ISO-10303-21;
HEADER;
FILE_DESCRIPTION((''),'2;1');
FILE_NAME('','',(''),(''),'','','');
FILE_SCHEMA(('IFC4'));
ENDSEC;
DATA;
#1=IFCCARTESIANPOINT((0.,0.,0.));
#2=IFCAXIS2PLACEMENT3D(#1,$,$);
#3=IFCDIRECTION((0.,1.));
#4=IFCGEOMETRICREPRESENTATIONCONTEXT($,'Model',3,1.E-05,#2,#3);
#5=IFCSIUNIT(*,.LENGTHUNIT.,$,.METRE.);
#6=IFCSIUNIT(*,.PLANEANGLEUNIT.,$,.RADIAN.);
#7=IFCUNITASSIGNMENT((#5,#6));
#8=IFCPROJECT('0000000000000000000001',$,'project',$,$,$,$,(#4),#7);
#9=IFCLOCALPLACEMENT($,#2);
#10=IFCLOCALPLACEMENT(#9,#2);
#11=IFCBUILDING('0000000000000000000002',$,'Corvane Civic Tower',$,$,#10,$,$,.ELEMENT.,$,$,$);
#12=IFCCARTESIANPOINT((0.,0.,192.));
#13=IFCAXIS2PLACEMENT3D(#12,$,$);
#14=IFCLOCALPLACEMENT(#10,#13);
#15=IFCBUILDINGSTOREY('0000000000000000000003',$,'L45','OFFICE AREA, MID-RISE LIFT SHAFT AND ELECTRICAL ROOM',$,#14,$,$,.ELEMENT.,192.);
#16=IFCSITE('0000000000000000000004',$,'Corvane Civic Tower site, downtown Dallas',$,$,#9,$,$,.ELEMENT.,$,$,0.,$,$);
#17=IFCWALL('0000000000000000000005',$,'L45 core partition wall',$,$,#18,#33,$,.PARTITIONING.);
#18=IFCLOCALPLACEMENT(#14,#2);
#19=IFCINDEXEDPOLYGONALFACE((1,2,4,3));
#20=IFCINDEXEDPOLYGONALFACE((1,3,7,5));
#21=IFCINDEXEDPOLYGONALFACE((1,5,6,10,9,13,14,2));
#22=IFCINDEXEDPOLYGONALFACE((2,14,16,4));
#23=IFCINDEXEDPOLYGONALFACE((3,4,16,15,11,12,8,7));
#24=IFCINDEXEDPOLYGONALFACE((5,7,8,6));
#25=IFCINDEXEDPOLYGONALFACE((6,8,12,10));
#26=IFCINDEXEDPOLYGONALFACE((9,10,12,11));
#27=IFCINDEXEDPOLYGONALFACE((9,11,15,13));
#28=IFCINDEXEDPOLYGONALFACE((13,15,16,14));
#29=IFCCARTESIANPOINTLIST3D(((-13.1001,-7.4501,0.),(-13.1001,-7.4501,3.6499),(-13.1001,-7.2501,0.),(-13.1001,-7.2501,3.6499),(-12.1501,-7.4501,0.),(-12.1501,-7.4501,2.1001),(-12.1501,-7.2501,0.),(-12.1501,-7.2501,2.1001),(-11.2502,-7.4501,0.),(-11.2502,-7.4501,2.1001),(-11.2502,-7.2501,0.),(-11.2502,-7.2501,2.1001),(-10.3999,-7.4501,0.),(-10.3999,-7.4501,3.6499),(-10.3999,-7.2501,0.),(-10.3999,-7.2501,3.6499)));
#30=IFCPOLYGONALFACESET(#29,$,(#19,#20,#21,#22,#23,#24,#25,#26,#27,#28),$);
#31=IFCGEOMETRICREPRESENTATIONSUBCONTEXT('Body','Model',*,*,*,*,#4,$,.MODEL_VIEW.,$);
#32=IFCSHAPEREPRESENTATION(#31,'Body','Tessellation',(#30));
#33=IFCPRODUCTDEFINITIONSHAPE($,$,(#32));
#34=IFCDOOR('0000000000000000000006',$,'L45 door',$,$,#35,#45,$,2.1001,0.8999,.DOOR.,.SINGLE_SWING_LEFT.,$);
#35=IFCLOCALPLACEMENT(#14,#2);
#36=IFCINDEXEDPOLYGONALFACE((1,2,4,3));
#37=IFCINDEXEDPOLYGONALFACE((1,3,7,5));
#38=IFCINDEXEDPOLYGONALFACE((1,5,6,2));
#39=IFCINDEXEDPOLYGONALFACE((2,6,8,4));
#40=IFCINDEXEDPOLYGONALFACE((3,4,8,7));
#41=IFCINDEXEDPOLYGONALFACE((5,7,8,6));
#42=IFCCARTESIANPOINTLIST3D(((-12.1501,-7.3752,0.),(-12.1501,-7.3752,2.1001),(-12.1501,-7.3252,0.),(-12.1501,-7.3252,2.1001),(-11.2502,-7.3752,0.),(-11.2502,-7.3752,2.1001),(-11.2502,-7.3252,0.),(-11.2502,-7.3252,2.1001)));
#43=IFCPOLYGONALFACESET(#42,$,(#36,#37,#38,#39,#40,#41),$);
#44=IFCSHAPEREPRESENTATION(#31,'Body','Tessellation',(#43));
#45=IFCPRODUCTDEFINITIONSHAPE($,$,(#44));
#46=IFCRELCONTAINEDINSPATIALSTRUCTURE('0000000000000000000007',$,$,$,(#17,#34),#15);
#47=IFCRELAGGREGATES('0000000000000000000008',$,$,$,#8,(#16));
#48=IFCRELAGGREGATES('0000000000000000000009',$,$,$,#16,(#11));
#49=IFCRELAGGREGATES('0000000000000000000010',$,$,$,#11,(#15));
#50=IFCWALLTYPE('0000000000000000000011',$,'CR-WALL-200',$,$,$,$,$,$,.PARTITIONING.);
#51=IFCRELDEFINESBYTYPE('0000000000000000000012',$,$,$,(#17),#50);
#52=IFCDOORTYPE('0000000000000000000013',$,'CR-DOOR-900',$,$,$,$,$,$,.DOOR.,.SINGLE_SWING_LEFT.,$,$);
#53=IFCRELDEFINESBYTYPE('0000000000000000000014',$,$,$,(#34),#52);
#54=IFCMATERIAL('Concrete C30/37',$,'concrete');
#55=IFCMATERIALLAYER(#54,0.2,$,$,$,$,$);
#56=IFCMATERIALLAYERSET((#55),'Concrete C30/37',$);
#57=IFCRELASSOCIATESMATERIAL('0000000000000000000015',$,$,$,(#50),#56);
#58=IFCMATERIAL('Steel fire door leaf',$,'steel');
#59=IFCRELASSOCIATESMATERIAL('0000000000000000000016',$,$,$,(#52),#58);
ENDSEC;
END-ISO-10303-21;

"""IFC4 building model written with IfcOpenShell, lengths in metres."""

from ifc_helpers import new_model, si_unit, direction, frame, frame_2d, origin, place, context, subcontext, project, spatial, rectangle, extrude, material, layer, layer_set, type_object, element, fill, save


model = new_model("IFC4")

# Units and contexts
model_context = context("Model", 3, precision=1e-05, world=origin(), true_north=direction((0.0, 1.0)))
body_context = subcontext(model_context, "Body", "Model", "MODEL_VIEW")
ifc_project = project(units=[si_unit("LENGTHUNIT", "METRE"), si_unit("PLANEANGLEUNIT", "RADIAN")], contexts=[model_context])

# Site, building, storey
site_placement = place(None, origin())
site = spatial("IfcSite", under=ifc_project, at=site_placement, Name="Corvane Civic Tower site, downtown Dallas", CompositionType="ELEMENT", RefElevation=0.0)
building_placement = place(site_placement, origin())
building = spatial("IfcBuilding", under=site, at=building_placement, Name="Corvane Civic Tower", CompositionType="ELEMENT")
storey_placement = place(building_placement, frame((0.0, 0.0, 192.0)))
storey = spatial("IfcBuildingStorey", under=building, at=storey_placement, Name="L45", Description="OFFICE AREA, MID-RISE LIFT SHAFT AND ELECTRICAL ROOM", CompositionType="ELEMENT", Elevation=192.0)

# Wall, opening, door
ifc_material_1 = material(Name="Concrete C30/37", Category="concrete")
ifc_layer_1 = layer(ifc_material_1, 0.2)
ifc_layer_set_1 = layer_set([ifc_layer_1], Name="Concrete C30/37")
wall_type_1 = type_object("IfcWallType", Name="CR-WALL-200", PredefinedType="PARTITIONING", material=ifc_layer_set_1)
ifc_material_2 = material(Name="Steel fire door leaf", Category="steel")
door_type_1 = type_object("IfcDoorType", Name="CR-DOOR-900", OperationType="SINGLE_SWING_LEFT", PredefinedType="DOOR", material=ifc_material_2)
wall_1_placement = place(storey_placement, frame((-13.1001, -7.3501, 0.0), z_axis=(0.0, 0.0, 1.0), x_axis=(1.0, 0.0, 0.0)))
wall_1 = element("IfcWall", 1, at=wall_1_placement, inside=storey, type_object=wall_type_1, Name="L45 core partition wall", PredefinedType="PARTITIONING", context=body_context, shape_type="SweptSolid", body=[
    extrude(rectangle(XDim=2.7002, YDim=0.2, at=frame_2d((1.3501, 0.0))), origin(), (0.0, 0.0, 1.0), 3.6499),
])
opening_1_placement = place(wall_1_placement, frame((0.95, 0.0, 0.0)))
opening_1 = element("IfcOpeningElement", 2, at=opening_1_placement, cuts=wall_1, PredefinedType="OPENING", context=body_context, shape_type="SweptSolid", body=[
    extrude(rectangle(XDim=0.8999, YDim=2.1001, at=frame_2d((0.45, 1.05))), frame((0.0, 0.1099, 0.0), z_axis=(0.0, -1.0, 0.0), x_axis=(1.0, 0.0, 0.0)), (0.0, 0.0, 1.0), 0.22),
])
door_1_placement = place(opening_1_placement, origin())
door_1 = element("IfcDoor", 3, at=door_1_placement, inside=storey, type_object=door_type_1, Name="L45 door", OperationType="SINGLE_SWING_LEFT", OverallHeight=2.1001, OverallWidth=0.8999, PredefinedType="DOOR", context=body_context, shape_type="SweptSolid", body=[
    extrude(rectangle(XDim=0.8999, YDim=2.1001, at=frame_2d((0.45, 1.05))), frame((0.0, 0.0249, 0.0), z_axis=(0.0, -1.0, 0.0), x_axis=(1.0, 0.0, 0.0)), (0.0, 0.0, 1.0), 0.05),
])
fill(opening_1, door_1)

save(model, "model.ifc")
